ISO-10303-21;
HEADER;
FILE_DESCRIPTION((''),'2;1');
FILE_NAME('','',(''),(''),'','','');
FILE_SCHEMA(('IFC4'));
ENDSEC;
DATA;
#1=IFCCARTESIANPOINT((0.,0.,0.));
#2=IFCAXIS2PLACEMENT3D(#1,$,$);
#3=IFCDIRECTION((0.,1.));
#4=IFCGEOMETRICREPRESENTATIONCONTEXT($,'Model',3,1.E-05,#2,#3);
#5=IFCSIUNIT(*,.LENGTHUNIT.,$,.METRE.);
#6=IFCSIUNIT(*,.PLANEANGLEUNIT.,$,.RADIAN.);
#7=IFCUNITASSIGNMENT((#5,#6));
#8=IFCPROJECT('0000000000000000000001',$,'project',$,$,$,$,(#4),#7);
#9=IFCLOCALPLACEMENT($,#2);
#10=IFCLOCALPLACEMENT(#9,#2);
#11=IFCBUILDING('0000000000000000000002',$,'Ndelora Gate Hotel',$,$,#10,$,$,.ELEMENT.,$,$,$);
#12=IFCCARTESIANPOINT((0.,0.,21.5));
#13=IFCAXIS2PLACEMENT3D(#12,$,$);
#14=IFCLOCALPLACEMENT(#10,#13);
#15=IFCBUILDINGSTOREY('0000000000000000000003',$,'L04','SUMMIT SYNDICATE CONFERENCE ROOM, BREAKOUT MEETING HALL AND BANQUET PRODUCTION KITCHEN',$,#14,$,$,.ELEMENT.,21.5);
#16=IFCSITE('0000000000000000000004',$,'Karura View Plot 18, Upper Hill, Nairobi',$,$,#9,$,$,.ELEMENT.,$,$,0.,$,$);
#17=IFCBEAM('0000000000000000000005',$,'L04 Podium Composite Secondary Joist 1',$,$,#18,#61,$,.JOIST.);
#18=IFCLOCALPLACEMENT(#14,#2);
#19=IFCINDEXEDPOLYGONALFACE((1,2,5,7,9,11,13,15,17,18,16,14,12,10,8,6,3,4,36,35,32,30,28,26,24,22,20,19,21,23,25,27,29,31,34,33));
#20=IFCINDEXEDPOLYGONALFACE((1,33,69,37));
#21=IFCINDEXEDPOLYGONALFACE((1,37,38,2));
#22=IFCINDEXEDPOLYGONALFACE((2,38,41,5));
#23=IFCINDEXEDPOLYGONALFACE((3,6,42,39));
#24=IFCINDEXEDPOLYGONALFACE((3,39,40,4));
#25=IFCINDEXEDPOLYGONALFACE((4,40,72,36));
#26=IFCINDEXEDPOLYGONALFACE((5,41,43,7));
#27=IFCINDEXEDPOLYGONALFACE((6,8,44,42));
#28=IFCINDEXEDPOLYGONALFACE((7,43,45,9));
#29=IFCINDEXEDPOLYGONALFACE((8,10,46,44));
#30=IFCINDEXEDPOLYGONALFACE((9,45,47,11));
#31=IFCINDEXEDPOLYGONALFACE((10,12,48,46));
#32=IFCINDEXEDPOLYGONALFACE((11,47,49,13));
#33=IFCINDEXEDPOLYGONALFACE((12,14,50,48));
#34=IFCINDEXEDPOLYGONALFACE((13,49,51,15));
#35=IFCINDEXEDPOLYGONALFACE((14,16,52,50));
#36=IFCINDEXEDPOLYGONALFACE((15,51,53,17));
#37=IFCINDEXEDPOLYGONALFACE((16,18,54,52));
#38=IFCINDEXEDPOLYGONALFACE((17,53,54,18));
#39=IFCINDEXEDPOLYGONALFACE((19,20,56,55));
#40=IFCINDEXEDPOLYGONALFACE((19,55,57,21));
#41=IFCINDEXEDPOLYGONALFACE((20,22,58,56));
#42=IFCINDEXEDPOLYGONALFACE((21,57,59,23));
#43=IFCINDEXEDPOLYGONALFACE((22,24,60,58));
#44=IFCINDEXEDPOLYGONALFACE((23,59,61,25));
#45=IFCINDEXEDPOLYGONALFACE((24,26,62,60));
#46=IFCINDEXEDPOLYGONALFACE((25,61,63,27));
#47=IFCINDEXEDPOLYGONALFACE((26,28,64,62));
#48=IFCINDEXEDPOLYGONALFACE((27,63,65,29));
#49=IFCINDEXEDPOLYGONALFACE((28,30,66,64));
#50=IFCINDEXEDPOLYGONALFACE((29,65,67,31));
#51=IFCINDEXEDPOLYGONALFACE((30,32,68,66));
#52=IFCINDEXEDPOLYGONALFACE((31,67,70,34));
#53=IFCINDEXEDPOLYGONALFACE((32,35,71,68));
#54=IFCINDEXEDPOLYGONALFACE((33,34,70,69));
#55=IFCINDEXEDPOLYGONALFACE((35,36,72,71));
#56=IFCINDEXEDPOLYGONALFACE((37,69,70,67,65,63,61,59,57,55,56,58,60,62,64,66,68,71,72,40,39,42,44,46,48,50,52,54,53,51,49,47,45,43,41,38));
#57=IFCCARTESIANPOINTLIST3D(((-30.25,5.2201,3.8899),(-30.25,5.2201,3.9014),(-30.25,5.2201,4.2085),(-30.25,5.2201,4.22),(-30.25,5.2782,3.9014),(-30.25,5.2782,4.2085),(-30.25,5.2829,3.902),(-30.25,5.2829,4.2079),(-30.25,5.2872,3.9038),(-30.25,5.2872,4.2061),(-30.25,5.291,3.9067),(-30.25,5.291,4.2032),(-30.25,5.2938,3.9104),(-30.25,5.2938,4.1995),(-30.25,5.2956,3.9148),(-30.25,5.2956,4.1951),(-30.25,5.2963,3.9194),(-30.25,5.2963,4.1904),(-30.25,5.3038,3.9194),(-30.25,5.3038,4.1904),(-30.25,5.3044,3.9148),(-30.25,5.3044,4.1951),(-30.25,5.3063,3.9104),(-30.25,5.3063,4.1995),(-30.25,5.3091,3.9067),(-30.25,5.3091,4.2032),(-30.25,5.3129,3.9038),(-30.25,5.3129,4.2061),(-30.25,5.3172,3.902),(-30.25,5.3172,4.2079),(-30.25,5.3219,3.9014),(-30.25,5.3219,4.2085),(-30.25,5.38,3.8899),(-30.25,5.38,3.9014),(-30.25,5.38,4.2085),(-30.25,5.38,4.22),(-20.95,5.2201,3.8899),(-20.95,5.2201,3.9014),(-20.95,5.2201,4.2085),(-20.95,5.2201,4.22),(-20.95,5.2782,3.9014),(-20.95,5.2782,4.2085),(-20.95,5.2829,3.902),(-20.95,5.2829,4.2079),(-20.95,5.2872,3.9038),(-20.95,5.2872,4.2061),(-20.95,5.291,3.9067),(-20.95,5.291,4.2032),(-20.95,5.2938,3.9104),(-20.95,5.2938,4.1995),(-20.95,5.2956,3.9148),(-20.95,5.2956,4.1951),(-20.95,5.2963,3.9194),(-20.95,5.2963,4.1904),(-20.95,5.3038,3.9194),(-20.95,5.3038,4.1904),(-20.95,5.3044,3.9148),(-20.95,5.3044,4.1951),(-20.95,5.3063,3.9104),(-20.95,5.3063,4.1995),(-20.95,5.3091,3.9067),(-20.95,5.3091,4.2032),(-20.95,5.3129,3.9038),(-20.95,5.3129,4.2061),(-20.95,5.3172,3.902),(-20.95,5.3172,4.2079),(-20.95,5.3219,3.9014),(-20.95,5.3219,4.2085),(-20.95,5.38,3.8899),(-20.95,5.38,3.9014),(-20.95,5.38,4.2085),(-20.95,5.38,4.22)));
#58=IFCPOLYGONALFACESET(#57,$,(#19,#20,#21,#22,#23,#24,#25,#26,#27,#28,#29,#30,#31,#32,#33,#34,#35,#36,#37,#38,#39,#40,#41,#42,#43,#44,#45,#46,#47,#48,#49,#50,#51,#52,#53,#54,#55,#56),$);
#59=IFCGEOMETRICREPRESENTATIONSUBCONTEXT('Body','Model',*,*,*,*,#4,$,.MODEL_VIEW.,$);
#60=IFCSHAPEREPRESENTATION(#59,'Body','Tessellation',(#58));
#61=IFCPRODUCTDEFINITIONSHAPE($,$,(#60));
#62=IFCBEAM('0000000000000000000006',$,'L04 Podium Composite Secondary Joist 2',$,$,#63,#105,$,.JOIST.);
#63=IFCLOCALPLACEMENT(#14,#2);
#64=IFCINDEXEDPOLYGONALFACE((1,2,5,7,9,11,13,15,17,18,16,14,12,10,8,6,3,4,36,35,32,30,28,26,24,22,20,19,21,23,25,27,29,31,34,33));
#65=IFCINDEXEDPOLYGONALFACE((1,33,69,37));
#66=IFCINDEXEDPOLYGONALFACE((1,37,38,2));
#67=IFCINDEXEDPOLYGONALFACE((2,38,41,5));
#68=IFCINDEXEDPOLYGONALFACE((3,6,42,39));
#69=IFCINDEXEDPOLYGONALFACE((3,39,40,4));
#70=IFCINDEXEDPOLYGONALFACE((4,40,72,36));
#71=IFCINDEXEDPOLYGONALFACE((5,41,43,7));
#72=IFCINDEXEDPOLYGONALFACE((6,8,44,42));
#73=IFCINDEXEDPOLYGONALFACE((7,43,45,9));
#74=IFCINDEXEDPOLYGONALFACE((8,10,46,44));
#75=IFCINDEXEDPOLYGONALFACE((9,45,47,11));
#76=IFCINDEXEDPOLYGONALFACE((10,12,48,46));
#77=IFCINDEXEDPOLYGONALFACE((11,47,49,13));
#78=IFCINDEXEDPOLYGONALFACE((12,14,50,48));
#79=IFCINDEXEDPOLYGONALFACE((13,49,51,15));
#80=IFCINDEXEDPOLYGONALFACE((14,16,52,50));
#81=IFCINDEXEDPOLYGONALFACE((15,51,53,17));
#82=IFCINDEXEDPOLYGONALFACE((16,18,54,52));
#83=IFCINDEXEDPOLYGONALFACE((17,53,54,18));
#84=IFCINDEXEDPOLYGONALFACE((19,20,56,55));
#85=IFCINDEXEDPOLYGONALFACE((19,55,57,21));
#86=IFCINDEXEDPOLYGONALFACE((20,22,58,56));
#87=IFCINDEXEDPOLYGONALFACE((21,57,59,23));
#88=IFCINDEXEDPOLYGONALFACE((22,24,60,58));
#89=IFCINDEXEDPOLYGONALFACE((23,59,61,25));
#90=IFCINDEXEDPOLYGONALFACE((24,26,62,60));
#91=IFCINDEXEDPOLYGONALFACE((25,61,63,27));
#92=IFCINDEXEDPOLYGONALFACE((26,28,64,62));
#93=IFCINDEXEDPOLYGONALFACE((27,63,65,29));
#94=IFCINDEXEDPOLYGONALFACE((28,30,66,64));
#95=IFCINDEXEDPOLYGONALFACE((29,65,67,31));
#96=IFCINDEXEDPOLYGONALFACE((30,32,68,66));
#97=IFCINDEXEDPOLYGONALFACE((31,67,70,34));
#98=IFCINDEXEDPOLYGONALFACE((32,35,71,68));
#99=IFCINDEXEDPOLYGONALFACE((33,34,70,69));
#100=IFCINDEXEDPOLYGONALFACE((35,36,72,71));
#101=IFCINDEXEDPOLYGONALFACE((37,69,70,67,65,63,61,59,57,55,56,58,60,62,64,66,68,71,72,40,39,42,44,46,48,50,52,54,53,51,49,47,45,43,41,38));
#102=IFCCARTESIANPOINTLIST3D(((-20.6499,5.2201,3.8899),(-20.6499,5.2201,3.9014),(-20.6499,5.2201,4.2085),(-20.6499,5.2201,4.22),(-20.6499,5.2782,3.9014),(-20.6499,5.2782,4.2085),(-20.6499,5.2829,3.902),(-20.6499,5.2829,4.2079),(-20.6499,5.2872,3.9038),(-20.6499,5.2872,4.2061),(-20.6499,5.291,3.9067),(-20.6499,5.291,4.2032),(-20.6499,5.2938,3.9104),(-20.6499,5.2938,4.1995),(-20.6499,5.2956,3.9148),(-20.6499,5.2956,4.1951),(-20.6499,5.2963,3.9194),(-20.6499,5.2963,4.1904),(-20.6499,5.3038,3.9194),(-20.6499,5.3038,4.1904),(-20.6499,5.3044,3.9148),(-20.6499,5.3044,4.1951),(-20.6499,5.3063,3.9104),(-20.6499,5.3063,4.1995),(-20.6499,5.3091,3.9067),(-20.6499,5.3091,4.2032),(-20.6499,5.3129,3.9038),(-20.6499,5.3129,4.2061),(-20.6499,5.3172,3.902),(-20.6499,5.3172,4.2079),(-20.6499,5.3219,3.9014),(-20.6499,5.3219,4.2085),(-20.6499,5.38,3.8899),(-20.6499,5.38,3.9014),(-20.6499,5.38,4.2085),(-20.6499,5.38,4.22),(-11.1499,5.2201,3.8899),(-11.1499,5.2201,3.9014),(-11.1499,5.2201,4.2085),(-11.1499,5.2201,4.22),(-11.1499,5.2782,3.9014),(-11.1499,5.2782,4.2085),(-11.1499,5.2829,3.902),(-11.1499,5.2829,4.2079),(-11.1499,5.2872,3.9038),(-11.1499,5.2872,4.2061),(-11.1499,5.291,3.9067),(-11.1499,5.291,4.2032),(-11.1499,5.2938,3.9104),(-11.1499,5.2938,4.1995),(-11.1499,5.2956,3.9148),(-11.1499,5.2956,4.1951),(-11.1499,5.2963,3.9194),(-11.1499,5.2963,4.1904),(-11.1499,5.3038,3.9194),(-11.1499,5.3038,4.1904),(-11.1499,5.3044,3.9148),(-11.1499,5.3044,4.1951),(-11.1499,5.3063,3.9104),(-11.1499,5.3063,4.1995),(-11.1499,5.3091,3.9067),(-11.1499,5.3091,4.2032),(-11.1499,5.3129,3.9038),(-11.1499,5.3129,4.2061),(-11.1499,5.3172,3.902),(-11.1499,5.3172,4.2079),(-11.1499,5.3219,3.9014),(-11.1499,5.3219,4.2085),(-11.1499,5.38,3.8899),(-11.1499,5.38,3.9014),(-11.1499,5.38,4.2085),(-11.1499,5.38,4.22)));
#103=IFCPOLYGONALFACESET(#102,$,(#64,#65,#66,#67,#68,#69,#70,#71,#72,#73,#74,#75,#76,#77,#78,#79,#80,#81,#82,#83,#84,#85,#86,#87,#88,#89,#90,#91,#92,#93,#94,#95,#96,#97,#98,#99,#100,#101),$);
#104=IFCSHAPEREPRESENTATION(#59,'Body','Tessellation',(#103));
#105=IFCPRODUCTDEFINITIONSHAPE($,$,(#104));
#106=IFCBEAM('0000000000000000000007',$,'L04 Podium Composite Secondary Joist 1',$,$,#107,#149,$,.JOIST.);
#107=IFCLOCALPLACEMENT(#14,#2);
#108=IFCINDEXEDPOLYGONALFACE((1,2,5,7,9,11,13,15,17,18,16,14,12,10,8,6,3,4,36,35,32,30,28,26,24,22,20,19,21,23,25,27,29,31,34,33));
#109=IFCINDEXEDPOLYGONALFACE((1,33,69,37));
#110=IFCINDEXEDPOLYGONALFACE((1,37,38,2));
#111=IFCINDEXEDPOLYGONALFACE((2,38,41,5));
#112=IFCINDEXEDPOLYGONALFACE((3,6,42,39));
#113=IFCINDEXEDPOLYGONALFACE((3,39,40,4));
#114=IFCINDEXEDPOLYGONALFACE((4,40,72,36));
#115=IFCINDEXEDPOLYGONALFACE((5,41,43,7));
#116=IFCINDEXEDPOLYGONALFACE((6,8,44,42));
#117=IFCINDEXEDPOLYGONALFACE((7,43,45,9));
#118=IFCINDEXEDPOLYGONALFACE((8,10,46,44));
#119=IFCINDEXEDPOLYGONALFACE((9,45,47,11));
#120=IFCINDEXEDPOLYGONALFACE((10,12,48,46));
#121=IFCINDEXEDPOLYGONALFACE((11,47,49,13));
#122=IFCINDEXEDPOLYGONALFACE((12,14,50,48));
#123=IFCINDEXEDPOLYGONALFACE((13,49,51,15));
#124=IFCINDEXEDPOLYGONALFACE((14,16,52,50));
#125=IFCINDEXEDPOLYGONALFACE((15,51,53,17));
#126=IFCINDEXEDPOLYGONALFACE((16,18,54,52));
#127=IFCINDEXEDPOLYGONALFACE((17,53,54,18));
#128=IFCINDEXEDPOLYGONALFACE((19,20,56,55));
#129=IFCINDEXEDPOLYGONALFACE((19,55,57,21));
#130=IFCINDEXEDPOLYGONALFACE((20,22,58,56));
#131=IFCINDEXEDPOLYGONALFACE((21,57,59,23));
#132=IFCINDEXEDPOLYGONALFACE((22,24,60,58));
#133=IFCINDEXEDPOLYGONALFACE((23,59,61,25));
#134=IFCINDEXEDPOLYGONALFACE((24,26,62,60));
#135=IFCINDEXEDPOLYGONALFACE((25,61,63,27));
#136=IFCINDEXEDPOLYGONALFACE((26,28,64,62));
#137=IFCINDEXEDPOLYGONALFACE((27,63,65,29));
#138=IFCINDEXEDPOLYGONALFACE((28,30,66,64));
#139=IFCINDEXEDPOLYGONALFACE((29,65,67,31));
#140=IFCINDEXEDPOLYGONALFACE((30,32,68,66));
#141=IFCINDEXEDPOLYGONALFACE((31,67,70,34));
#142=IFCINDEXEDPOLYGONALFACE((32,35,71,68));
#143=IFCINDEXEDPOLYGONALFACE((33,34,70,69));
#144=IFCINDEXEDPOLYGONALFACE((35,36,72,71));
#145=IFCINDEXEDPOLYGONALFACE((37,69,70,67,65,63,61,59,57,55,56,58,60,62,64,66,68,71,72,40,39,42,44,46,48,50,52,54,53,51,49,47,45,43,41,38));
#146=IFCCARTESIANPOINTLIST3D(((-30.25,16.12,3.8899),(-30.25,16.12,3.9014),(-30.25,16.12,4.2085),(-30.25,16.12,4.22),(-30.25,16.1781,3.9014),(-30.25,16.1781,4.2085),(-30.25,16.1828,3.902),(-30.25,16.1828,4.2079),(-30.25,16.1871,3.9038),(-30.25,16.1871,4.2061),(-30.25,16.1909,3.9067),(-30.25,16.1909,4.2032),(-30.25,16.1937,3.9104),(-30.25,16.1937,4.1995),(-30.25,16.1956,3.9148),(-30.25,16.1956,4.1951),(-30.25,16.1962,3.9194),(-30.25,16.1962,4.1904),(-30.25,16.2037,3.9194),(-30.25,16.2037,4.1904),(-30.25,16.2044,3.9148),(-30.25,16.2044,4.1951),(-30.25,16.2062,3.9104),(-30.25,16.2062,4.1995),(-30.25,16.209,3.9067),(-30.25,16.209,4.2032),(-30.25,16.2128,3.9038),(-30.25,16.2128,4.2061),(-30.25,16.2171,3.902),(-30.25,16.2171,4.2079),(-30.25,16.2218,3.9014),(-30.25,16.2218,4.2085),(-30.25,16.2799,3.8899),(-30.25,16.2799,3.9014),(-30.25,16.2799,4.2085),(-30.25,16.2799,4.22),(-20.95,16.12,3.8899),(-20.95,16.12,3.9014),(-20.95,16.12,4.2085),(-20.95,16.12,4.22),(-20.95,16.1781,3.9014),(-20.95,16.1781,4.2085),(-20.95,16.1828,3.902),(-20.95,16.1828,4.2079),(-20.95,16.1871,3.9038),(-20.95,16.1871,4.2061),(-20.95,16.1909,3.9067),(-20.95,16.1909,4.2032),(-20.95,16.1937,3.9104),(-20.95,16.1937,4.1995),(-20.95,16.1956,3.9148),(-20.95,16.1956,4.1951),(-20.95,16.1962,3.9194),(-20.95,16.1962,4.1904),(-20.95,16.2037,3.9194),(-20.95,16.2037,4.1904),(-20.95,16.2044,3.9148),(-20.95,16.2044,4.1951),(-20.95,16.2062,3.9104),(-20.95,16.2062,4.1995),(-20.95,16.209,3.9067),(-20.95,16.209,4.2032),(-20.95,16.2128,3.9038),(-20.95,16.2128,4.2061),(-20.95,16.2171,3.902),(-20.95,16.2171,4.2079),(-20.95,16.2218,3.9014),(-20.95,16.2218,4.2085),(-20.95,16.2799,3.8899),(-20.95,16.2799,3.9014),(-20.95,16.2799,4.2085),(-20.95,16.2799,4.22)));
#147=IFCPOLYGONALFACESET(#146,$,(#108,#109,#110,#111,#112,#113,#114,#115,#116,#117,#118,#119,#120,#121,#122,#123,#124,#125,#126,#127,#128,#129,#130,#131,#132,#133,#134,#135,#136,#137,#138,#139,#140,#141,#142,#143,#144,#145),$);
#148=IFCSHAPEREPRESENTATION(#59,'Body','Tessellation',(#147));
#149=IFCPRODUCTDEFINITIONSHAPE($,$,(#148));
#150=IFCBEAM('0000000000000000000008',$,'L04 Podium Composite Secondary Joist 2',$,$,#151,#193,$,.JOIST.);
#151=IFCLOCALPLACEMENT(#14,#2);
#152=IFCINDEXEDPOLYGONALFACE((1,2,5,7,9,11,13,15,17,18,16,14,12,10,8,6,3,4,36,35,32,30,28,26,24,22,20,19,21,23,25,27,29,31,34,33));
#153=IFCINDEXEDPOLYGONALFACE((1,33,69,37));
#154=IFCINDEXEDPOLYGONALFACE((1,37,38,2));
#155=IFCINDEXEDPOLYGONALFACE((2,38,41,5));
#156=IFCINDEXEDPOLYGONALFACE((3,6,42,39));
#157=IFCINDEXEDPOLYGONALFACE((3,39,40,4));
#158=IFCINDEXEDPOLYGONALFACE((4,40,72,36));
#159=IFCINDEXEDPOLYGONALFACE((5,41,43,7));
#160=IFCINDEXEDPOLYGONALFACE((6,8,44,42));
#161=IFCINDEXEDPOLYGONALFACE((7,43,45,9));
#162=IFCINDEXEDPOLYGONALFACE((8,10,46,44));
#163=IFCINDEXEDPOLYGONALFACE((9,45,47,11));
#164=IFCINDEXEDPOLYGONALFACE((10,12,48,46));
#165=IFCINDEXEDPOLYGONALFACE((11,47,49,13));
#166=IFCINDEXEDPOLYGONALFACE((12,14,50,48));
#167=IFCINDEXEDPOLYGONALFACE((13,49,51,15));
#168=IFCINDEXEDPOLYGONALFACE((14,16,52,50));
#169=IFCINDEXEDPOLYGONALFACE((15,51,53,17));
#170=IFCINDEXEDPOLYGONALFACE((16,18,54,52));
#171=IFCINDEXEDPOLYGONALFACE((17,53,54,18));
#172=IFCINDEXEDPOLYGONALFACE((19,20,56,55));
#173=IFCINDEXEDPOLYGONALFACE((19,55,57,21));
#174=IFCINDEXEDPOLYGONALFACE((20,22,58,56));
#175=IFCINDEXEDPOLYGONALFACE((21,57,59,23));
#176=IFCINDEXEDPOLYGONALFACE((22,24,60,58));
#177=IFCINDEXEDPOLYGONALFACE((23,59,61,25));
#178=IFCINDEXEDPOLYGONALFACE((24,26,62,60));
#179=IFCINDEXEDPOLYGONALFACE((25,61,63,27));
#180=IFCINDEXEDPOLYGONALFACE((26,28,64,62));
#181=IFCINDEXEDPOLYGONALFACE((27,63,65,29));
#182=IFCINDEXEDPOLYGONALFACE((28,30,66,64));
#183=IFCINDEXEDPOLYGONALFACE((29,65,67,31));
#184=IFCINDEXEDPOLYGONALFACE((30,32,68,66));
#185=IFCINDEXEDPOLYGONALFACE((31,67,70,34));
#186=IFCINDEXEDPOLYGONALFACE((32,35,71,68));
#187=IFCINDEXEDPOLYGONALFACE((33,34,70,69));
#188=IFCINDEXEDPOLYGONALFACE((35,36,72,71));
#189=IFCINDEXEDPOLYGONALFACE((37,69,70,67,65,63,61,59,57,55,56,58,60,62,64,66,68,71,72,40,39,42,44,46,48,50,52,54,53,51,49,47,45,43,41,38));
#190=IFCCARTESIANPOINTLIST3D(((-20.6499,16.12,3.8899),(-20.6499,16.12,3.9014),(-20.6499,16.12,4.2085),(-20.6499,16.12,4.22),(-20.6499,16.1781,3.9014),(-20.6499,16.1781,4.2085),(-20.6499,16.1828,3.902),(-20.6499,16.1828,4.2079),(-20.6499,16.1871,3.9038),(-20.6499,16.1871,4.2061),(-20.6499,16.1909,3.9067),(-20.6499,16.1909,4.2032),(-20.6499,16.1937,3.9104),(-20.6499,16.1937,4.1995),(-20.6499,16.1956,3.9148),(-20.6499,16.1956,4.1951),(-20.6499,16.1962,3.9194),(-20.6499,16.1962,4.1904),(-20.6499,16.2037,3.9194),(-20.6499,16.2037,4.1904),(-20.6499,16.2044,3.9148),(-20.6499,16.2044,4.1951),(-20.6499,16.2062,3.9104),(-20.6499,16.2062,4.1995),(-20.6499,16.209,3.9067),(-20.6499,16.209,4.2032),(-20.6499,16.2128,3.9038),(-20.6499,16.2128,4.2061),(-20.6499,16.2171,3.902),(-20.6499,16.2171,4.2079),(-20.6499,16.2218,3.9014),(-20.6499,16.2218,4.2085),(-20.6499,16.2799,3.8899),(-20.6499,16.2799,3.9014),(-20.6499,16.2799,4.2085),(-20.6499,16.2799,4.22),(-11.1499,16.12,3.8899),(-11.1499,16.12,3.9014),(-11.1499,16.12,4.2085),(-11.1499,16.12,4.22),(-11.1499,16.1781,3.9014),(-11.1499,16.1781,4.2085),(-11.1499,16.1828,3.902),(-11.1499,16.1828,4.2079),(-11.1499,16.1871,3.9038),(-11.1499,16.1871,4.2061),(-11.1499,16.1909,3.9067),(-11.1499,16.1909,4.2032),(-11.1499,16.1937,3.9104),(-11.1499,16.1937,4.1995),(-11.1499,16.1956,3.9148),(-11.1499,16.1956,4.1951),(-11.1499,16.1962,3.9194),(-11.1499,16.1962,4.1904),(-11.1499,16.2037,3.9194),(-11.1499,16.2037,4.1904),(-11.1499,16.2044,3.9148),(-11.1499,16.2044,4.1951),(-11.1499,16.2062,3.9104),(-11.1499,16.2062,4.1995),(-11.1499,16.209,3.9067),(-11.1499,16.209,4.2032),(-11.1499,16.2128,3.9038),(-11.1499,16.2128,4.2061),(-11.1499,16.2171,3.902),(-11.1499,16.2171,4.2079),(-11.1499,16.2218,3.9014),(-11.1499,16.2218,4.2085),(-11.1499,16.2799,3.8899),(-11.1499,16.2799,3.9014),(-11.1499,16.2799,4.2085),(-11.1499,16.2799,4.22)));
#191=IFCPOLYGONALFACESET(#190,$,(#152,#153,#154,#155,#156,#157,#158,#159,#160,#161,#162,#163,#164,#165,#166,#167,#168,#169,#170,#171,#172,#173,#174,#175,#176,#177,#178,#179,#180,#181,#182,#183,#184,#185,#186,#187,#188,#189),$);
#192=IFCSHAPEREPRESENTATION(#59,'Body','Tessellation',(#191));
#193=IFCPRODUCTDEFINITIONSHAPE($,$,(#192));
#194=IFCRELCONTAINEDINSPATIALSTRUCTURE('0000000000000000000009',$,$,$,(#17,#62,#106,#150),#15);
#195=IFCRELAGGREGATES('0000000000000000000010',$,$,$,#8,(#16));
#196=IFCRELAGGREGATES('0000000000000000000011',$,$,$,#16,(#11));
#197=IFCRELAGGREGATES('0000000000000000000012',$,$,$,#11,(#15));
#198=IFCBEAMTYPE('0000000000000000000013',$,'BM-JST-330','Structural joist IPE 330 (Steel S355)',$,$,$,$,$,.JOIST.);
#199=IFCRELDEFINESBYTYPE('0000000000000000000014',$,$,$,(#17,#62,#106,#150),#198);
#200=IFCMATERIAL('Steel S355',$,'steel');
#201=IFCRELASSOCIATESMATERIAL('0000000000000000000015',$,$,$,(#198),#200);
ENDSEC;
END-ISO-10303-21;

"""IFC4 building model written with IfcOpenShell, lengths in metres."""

from ifc_helpers import new_model, si_unit, direction, frame, origin, origin_2d, place, context, subcontext, project, spatial, i_section, extrude, material, material_profile, profile_set, type_object, element, save


model = new_model("IFC4")

# Units and contexts
model_context = context("Model", 3, precision=1e-05, world=origin(), true_north=direction((0.0, 1.0)))
body_context = subcontext(model_context, "Body", "Model", "MODEL_VIEW")
ifc_project = project(units=[si_unit("LENGTHUNIT", "METRE"), si_unit("PLANEANGLEUNIT", "RADIAN")], contexts=[model_context])

# Site, building, storey
site_placement = place(None, origin())
site = spatial("IfcSite", under=ifc_project, at=site_placement, Name="Karura View Plot 18, Upper Hill, Nairobi", CompositionType="ELEMENT", RefElevation=0.0)
building_placement = place(site_placement, origin())
building = spatial("IfcBuilding", under=site, at=building_placement, Name="Ndelora Gate Hotel", CompositionType="ELEMENT")
storey_placement = place(building_placement, frame((0.0, 0.0, 21.5)))
storey = spatial("IfcBuildingStorey", under=building, at=storey_placement, Name="L04", Description="SUMMIT SYNDICATE CONFERENCE ROOM, BREAKOUT MEETING HALL AND BANQUET PRODUCTION KITCHEN", CompositionType="ELEMENT", Elevation=21.5)

# Beams
ifc_material_1 = material(Name="Steel S355", Category="steel")
ifc_material_profile_1 = material_profile(ifc_material_1, i_section(OverallWidth=0.1599, OverallDepth=0.3301, WebThickness=0.0076, FlangeThickness=0.0115, FilletRadius=0.0181, at=origin_2d()), Name="IPE 330")
ifc_profile_set_1 = profile_set([ifc_material_profile_1], Name="Steel S355")
beam_type_1 = type_object("IfcBeamType", Name="BM-JST-330", Description="Structural joist IPE 330 (Steel S355)", PredefinedType="JOIST", material=ifc_profile_set_1)
beam_1_placement = place(storey_placement, frame((-30.25, 5.3, 4.0549), z_axis=(1.0, 0.0, 0.0), x_axis=(0.0, 1.0, 0.0)))
element("IfcBeam", 1, at=beam_1_placement, inside=storey, type_object=beam_type_1, Name="L04 Podium Composite Secondary Joist 1", PredefinedType="JOIST", context=body_context, shape_type="SweptSolid", body=[
    extrude(i_section(OverallWidth=0.1599, OverallDepth=0.3301, WebThickness=0.0076, FlangeThickness=0.0115, FilletRadius=0.0181, at=origin_2d()), origin(), (0.0, 0.0, 1.0), 9.3),
])
beam_2_placement = place(storey_placement, frame((-20.6499, 5.3, 4.0549), z_axis=(1.0, 0.0, 0.0), x_axis=(0.0, 1.0, 0.0)))
element("IfcBeam", 2, at=beam_2_placement, inside=storey, type_object=beam_type_1, Name="L04 Podium Composite Secondary Joist 2", PredefinedType="JOIST", context=body_context, shape_type="SweptSolid", body=[
    extrude(i_section(OverallWidth=0.1599, OverallDepth=0.3301, WebThickness=0.0076, FlangeThickness=0.0115, FilletRadius=0.0181, at=origin_2d()), origin(), (0.0, 0.0, 1.0), 9.5),
])
beam_3_placement = place(storey_placement, frame((-30.25, 16.2, 4.0549), z_axis=(1.0, 0.0, 0.0), x_axis=(0.0, 1.0, 0.0)))
element("IfcBeam", 3, at=beam_3_placement, inside=storey, type_object=beam_type_1, Name="L04 Podium Composite Secondary Joist 1", PredefinedType="JOIST", context=body_context, shape_type="SweptSolid", body=[
    extrude(i_section(OverallWidth=0.1599, OverallDepth=0.3301, WebThickness=0.0076, FlangeThickness=0.0115, FilletRadius=0.0181, at=origin_2d()), origin(), (0.0, 0.0, 1.0), 9.3),
])
beam_4_placement = place(storey_placement, frame((-20.6499, 16.2, 4.0549), z_axis=(1.0, 0.0, 0.0), x_axis=(0.0, 1.0, 0.0)))
element("IfcBeam", 4, at=beam_4_placement, inside=storey, type_object=beam_type_1, Name="L04 Podium Composite Secondary Joist 2", PredefinedType="JOIST", context=body_context, shape_type="SweptSolid", body=[
    extrude(i_section(OverallWidth=0.1599, OverallDepth=0.3301, WebThickness=0.0076, FlangeThickness=0.0115, FilletRadius=0.0181, at=origin_2d()), origin(), (0.0, 0.0, 1.0), 9.5),
])

save(model, "model.ifc")
